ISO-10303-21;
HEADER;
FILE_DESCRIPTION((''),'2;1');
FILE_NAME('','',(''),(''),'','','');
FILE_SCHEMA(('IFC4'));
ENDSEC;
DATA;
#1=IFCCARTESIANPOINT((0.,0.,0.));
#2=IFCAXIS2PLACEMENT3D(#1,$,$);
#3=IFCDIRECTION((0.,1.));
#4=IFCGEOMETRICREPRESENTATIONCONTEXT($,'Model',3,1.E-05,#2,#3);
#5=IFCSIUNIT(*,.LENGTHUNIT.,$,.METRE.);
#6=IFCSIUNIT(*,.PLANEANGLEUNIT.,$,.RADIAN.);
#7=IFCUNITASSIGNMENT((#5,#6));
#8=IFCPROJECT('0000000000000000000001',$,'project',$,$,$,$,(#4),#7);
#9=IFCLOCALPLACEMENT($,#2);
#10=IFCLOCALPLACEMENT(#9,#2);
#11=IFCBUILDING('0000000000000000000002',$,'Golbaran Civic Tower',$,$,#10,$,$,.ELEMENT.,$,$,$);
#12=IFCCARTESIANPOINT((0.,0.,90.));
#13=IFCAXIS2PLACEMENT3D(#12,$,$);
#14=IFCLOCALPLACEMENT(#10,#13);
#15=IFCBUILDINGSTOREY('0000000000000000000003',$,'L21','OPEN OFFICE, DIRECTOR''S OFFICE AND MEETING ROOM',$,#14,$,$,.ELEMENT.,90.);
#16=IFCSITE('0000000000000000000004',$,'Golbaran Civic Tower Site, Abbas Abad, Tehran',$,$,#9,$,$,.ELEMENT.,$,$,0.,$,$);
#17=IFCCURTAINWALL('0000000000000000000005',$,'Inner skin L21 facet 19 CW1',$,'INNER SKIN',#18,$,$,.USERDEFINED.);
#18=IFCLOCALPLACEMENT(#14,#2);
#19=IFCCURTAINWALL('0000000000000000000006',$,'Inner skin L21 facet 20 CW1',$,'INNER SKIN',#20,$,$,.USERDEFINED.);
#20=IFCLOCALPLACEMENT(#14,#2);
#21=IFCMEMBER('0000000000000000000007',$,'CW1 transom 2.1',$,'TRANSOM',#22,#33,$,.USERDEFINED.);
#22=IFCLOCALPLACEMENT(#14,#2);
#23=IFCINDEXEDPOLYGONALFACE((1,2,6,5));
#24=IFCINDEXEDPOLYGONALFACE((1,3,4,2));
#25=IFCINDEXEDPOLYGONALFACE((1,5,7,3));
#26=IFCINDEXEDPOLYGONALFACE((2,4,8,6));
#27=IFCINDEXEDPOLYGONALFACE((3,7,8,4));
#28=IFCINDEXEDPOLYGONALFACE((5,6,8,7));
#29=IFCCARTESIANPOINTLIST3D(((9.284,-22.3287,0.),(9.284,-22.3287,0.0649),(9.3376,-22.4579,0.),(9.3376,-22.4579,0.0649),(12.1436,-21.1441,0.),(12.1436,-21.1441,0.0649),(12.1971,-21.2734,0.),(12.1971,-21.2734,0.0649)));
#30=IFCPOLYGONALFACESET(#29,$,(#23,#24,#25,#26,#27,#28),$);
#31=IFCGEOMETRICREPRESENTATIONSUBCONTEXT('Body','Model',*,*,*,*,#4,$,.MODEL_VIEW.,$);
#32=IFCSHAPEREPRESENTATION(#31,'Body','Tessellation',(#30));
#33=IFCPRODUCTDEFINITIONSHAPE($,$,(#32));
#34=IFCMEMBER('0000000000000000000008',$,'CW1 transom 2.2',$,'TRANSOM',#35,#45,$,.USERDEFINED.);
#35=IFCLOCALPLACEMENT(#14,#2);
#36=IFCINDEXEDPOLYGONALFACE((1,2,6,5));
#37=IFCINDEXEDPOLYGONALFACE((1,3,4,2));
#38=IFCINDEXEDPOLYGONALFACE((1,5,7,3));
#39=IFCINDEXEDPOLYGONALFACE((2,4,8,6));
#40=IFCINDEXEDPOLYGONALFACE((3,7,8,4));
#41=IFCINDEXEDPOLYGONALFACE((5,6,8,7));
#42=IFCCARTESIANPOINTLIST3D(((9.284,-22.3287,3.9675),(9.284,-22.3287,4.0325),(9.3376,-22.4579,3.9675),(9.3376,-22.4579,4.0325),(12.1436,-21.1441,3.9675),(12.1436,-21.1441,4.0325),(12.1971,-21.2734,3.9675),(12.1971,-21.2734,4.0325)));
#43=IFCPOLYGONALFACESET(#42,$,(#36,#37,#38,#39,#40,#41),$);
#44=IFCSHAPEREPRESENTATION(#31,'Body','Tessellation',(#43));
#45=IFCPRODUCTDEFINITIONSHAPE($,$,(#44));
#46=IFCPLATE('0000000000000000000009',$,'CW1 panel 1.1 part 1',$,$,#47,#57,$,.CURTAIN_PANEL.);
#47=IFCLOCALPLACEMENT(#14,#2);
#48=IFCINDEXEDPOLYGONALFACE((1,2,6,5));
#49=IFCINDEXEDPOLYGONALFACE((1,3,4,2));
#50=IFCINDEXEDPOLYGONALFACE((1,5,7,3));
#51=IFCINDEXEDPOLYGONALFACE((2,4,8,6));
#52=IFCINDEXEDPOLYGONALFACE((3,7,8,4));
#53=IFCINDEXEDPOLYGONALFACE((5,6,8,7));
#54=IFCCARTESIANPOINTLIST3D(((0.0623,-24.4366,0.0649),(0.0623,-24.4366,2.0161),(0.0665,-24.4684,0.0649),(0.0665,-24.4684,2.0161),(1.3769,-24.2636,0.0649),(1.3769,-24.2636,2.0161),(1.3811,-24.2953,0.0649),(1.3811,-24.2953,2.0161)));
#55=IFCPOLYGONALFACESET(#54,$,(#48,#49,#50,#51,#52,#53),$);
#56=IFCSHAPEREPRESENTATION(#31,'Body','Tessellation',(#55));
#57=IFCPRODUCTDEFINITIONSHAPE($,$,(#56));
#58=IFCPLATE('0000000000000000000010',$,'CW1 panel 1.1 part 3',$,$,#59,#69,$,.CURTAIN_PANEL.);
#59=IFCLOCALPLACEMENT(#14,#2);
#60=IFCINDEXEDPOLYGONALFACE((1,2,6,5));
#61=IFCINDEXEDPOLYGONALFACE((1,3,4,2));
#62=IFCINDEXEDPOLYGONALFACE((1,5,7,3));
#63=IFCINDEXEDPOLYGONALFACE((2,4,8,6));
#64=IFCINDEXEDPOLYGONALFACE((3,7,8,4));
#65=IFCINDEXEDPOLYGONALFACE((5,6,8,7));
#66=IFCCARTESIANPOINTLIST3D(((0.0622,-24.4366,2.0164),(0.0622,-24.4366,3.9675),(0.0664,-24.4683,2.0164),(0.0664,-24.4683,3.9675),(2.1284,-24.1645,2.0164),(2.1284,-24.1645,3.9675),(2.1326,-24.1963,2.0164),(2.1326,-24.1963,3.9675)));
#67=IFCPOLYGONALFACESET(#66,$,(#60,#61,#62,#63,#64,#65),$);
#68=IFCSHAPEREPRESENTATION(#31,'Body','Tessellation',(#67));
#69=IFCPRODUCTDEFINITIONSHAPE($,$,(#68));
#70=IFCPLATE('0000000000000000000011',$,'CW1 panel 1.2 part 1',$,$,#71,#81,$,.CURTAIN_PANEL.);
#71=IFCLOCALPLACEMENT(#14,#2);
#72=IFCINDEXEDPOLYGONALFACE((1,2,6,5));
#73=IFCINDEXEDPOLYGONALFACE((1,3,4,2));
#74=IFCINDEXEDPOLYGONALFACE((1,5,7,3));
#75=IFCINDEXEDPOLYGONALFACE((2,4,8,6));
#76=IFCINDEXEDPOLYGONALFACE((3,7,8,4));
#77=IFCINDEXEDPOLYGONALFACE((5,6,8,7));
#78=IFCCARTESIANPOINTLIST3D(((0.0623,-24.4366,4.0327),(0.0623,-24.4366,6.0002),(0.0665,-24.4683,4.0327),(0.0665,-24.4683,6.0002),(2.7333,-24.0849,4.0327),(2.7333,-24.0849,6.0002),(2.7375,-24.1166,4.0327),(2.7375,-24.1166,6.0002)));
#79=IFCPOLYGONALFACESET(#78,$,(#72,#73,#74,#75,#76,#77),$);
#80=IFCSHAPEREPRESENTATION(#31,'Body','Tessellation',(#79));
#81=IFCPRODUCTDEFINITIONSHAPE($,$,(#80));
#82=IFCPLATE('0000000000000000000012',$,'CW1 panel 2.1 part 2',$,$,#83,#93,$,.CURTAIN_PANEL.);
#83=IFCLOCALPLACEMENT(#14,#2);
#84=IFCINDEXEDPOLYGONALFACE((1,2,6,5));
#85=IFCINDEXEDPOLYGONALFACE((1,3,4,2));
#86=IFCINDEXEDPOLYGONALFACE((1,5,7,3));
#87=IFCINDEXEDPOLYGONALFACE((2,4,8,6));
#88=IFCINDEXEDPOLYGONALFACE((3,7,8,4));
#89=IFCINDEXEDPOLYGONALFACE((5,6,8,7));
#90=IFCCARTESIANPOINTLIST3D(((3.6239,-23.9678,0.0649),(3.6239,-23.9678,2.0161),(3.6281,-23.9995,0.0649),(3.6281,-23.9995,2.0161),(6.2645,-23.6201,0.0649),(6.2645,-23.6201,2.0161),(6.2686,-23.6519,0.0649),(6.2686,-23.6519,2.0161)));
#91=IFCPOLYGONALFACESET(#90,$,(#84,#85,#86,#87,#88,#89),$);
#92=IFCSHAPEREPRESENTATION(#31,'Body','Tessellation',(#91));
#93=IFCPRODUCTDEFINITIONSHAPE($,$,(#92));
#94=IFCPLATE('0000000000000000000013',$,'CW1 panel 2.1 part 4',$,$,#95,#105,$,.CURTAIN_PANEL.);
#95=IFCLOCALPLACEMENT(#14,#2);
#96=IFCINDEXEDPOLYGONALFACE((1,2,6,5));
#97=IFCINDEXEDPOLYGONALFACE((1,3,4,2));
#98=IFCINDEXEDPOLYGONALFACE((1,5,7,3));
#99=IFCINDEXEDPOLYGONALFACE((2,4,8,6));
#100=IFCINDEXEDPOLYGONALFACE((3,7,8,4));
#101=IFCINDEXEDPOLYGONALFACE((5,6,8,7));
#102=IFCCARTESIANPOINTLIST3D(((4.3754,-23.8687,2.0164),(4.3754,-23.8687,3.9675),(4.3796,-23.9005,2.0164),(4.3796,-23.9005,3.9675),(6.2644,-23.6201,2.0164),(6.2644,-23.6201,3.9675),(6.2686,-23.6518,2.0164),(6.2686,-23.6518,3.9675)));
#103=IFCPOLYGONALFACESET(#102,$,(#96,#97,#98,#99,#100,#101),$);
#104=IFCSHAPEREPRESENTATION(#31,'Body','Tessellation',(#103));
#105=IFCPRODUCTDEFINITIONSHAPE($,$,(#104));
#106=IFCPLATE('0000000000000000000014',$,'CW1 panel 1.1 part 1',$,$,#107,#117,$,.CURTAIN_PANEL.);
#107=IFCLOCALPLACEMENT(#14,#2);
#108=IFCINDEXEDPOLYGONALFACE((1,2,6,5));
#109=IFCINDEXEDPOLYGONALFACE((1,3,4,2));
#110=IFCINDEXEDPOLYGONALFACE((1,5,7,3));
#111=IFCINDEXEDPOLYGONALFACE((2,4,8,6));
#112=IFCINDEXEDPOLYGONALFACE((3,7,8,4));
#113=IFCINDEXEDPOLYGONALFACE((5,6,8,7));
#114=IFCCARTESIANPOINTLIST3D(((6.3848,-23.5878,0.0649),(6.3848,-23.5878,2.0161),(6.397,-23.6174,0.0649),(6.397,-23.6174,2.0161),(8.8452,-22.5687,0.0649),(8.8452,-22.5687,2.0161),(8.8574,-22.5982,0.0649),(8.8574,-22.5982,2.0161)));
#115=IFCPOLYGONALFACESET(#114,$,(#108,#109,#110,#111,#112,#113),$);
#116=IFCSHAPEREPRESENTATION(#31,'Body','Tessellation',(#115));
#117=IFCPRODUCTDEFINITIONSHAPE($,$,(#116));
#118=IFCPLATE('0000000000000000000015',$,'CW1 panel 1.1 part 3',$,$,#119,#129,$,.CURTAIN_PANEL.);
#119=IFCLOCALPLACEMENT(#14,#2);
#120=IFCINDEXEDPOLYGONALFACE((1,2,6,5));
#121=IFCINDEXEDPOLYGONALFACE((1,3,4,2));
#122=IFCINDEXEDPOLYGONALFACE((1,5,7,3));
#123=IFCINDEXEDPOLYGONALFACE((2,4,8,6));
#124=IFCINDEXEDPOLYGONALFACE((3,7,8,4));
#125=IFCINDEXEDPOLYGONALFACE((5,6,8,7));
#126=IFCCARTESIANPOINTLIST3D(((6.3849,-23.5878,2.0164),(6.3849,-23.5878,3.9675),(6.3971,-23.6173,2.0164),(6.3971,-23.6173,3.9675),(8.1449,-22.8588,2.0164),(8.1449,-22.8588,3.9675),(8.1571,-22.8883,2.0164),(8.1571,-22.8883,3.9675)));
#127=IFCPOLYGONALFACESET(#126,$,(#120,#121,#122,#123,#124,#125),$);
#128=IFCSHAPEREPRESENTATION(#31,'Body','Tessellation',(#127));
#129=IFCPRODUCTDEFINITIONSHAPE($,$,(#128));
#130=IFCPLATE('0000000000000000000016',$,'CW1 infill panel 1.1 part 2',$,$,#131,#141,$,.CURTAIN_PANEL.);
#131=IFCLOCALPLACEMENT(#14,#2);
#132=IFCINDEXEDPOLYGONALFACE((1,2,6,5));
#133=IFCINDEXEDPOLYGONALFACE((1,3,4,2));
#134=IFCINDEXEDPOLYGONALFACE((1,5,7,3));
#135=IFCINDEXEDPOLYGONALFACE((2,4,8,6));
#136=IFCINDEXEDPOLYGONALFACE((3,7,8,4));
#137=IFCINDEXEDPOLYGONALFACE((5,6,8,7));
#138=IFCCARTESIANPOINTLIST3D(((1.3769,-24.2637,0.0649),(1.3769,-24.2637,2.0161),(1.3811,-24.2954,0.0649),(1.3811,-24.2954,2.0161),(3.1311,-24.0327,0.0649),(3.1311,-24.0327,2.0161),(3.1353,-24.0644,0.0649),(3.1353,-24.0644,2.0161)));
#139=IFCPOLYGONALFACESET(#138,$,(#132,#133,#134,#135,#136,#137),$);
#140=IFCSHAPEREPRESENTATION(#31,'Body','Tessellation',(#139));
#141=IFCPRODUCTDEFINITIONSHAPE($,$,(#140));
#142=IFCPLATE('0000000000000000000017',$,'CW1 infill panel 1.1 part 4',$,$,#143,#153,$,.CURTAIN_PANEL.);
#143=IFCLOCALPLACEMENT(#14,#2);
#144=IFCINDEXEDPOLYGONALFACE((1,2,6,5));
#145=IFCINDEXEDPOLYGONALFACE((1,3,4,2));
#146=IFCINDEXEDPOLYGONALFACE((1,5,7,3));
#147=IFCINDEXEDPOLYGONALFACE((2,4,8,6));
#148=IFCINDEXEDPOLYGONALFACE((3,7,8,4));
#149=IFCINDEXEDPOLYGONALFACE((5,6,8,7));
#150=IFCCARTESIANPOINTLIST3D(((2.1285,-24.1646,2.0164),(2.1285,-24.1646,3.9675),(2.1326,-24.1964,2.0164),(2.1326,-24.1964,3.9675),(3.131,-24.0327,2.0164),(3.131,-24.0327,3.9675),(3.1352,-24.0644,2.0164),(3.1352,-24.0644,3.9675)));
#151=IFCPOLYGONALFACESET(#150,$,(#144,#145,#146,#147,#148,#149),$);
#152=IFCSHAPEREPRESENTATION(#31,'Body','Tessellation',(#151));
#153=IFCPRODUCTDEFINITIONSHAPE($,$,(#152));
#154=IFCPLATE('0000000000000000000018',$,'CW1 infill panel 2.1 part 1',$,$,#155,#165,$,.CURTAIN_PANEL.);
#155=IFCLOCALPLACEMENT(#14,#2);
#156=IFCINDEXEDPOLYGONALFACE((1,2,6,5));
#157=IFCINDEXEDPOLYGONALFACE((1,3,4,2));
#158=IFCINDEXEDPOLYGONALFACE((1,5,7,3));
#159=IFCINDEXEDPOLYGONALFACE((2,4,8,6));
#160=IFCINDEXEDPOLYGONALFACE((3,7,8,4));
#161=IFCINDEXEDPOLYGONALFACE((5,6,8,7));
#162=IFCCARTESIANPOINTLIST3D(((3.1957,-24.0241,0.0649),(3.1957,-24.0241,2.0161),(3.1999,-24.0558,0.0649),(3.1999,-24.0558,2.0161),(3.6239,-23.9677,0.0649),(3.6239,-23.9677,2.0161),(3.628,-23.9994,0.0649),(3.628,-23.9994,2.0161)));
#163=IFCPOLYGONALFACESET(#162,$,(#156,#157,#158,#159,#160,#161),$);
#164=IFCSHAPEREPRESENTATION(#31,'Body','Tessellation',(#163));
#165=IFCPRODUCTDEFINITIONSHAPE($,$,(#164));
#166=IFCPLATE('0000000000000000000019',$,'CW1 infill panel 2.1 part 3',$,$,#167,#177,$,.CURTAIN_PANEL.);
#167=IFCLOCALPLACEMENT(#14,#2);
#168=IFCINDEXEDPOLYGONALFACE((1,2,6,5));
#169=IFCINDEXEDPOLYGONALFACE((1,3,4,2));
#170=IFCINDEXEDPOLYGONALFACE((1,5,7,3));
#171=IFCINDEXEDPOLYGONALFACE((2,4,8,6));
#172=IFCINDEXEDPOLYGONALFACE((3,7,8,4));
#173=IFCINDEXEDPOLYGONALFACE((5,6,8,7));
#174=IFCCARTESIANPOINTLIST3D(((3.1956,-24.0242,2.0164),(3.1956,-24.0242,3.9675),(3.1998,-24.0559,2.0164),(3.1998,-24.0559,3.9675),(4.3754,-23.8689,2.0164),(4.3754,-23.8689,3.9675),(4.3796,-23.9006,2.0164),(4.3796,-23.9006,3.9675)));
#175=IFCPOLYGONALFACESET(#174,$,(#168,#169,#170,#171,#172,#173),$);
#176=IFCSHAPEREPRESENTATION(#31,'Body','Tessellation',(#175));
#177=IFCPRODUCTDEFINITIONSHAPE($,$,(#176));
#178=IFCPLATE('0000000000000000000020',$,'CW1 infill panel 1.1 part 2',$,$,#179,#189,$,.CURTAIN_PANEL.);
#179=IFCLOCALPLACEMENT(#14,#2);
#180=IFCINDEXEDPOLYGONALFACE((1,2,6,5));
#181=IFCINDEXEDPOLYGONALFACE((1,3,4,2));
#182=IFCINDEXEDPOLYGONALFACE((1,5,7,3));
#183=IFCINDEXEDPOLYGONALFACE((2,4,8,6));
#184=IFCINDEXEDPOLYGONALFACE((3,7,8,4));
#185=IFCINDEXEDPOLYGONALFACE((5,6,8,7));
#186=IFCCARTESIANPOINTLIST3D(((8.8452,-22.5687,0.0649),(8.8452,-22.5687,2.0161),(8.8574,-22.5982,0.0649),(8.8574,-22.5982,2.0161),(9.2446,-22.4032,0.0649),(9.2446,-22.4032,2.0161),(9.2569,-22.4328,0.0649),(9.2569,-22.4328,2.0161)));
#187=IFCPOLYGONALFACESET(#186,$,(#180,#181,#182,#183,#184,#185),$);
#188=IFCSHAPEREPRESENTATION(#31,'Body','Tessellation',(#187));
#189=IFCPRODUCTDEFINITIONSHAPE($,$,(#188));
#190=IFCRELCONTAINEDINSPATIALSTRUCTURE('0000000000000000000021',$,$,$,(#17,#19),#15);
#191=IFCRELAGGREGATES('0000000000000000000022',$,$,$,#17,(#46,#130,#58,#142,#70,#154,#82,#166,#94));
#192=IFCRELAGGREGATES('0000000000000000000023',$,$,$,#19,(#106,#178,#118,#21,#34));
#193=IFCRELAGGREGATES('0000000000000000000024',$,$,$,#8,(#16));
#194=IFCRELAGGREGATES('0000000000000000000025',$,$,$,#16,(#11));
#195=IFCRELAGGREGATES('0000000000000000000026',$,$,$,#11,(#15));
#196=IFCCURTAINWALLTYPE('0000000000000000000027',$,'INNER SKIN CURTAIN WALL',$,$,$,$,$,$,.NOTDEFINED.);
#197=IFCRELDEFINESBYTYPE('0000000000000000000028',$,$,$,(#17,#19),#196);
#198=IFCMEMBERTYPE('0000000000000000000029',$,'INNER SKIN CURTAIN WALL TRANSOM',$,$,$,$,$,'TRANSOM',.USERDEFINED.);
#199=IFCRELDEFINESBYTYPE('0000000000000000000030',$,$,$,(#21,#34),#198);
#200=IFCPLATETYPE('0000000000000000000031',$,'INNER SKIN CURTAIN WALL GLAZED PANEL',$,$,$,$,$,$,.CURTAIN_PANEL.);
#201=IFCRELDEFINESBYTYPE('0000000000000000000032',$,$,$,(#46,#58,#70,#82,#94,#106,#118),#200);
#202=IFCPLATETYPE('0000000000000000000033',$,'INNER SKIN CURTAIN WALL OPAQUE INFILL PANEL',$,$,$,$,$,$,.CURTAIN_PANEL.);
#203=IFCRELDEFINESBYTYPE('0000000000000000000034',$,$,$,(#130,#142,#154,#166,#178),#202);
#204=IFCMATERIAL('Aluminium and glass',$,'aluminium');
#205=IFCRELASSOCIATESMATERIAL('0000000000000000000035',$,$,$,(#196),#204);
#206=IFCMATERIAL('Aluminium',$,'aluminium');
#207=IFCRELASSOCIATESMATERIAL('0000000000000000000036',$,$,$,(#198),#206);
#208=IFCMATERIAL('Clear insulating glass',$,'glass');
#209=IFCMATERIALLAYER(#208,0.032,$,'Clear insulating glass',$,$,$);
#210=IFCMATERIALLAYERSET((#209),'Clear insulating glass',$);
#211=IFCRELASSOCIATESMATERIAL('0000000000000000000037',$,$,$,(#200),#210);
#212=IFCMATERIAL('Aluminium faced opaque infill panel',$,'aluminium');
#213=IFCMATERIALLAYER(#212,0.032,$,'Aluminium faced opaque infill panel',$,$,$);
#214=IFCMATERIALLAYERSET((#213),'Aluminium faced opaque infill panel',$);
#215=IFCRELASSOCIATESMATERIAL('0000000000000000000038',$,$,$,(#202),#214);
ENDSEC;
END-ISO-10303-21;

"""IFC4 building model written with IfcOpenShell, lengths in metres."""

from ifc_helpers import new_model, si_unit, direction, frame, origin, origin_2d, place, context, subcontext, project, spatial, rectangle, extrude, material, layer, layer_set, material_profile, profile_set, type_object, element, aggregate, save


model = new_model("IFC4")

# Units and contexts
model_context = context("Model", 3, precision=1e-05, world=origin(), true_north=direction((0.0, 1.0)))
body_context = subcontext(model_context, "Body", "Model", "MODEL_VIEW")
ifc_project = project(units=[si_unit("LENGTHUNIT", "METRE"), si_unit("PLANEANGLEUNIT", "RADIAN")], contexts=[model_context])

# Site, building, storey
site_placement = place(None, origin())
site = spatial("IfcSite", under=ifc_project, at=site_placement, Name="Golbaran Civic Tower Site, Abbas Abad, Tehran", CompositionType="ELEMENT", RefElevation=0.0)
building_placement = place(site_placement, origin())
building = spatial("IfcBuilding", under=site, at=building_placement, Name="Golbaran Civic Tower", CompositionType="ELEMENT")
storey_placement = place(building_placement, frame((0.0, 0.0, 90.0)))
storey = spatial("IfcBuildingStorey", under=building, at=storey_placement, Name="L21", Description="OPEN OFFICE, DIRECTOR'S OFFICE AND MEETING ROOM", CompositionType="ELEMENT", Elevation=90.0)

# Curtain walls
ifc_material_1 = material(Name="Aluminium and glass", Category="aluminium")
curtain_wall_type = type_object("IfcCurtainWallType", Name="INNER SKIN CURTAIN WALL", PredefinedType="NOTDEFINED", material=ifc_material_1)
curtain_wall_1_placement = place(storey_placement, origin())
curtain_wall_1 = element("IfcCurtainWall", 1, at=curtain_wall_1_placement, inside=storey, type_object=curtain_wall_type, Name="Inner skin L21 facet 19 CW1", ObjectType="INNER SKIN", PredefinedType="USERDEFINED")
ifc_material_2 = material(Name="Aluminium", Category="aluminium")
curtain_wall_2_placement = place(storey_placement, origin())
curtain_wall_2 = element("IfcCurtainWall", 2, at=curtain_wall_2_placement, inside=storey, type_object=curtain_wall_type, Name="Inner skin L21 facet 20 CW1", ObjectType="INNER SKIN", PredefinedType="USERDEFINED")

# Members
ifc_material_profile_1 = material_profile(ifc_material_2, rectangle(XDim=0.1399, YDim=0.0649, at=origin_2d()), Name="INNER SKIN CURTAIN WALL TRANSOM")
ifc_profile_set_1 = profile_set([ifc_material_profile_1], Name="Aluminium")
member_type_1 = type_object("IfcMemberType", Name="INNER SKIN CURTAIN WALL TRANSOM", ElementType="TRANSOM", PredefinedType="USERDEFINED", material=ifc_profile_set_1)
member_1_placement = place(storey_placement, frame((9.3108, -22.3933, 0.0325), z_axis=(0.923871, 0.382705, 0.0), x_axis=(-0.382705, 0.923871, 0.0)))
member_1 = element("IfcMember", 3, at=member_1_placement, type_object=member_type_1, Name="CW1 transom 2.1", ObjectType="TRANSOM", PredefinedType="USERDEFINED", context=body_context, shape_type="SweptSolid", body=[
    extrude(rectangle(XDim=0.1399, YDim=0.0649, at=origin_2d()), origin(), (0.0, 0.0, 1.0), 3.0952),
])
member_2_placement = place(storey_placement, frame((9.3108, -22.3933, 4.0), z_axis=(0.923871, 0.382705, 0.0), x_axis=(-0.382705, 0.923871, 0.0)))
member_2 = element("IfcMember", 4, at=member_2_placement, type_object=member_type_1, Name="CW1 transom 2.2", ObjectType="TRANSOM", PredefinedType="USERDEFINED", context=body_context, shape_type="SweptSolid", body=[
    extrude(rectangle(XDim=0.1399, YDim=0.0649, at=origin_2d()), origin(), (0.0, 0.0, 1.0), 3.0952),
])

# Plates
ifc_material_3 = material(Name="Clear insulating glass", Category="glass")
ifc_layer_1 = layer(ifc_material_3, 0.032, Name="Clear insulating glass")
ifc_layer_set_1 = layer_set([ifc_layer_1], Name="Clear insulating glass")
plate_type_1 = type_object("IfcPlateType", Name="INNER SKIN CURTAIN WALL GLAZED PANEL", PredefinedType="CURTAIN_PANEL", material=ifc_layer_set_1)
plate_1_placement = place(storey_placement, frame((0.7217, -24.366, 0.0649), z_axis=(0.0, 0.0, 1.0), x_axis=(0.991445, 0.130526, 0.0)))
plate_1 = element("IfcPlate", 5, at=plate_1_placement, type_object=plate_type_1, Name="CW1 panel 1.1 part 1", PredefinedType="CURTAIN_PANEL", context=body_context, shape_type="SweptSolid", body=[
    extrude(rectangle(XDim=1.3259, YDim=0.032, at=origin_2d()), origin(), (0.0, 0.0, 1.0), 1.9512),
])
plate_2_placement = place(storey_placement, frame((1.0974, -24.3164, 2.0164), z_axis=(0.0, 0.0, 1.0), x_axis=(0.991445, 0.130526, 0.0)))
plate_2 = element("IfcPlate", 6, at=plate_2_placement, type_object=plate_type_1, Name="CW1 panel 1.1 part 3", PredefinedType="CURTAIN_PANEL", context=body_context, shape_type="SweptSolid", body=[
    extrude(rectangle(XDim=2.084, YDim=0.032, at=origin_2d()), origin(), (0.0, 0.0, 1.0), 1.9512),
])
plate_3_placement = place(storey_placement, frame((1.3999, -24.2766, 4.0327), z_axis=(0.0, 0.0, 1.0), x_axis=(0.991445, 0.130526, 0.0)))
plate_3 = element("IfcPlate", 7, at=plate_3_placement, type_object=plate_type_1, Name="CW1 panel 1.2 part 1", PredefinedType="CURTAIN_PANEL", context=body_context, shape_type="SweptSolid", body=[
    extrude(rectangle(XDim=2.6941, YDim=0.032, at=origin_2d()), origin(), (0.0, 0.0, 1.0), 1.9675),
])
plate_4_placement = place(storey_placement, frame((4.9463, -23.8098, 0.0649), z_axis=(0.0, 0.0, 1.0), x_axis=(0.991445, 0.130526, 0.0)))
plate_4 = element("IfcPlate", 8, at=plate_4_placement, type_object=plate_type_1, Name="CW1 panel 2.1 part 2", PredefinedType="CURTAIN_PANEL", context=body_context, shape_type="SweptSolid", body=[
    extrude(rectangle(XDim=2.6633, YDim=0.032, at=origin_2d()), origin(), (0.0, 0.0, 1.0), 1.9512),
])
plate_5_placement = place(storey_placement, frame((5.322, -23.7603, 2.0164), z_axis=(0.0, 0.0, 1.0), x_axis=(0.991445, 0.130526, 0.0)))
plate_5 = element("IfcPlate", 9, at=plate_5_placement, type_object=plate_type_1, Name="CW1 panel 2.1 part 4", PredefinedType="CURTAIN_PANEL", context=body_context, shape_type="SweptSolid", body=[
    extrude(rectangle(XDim=1.9053, YDim=0.032, at=origin_2d()), origin(), (0.0, 0.0, 1.0), 1.9512),
])
plate_6_placement = place(storey_placement, frame((7.6211, -23.093, 0.0649), z_axis=(0.0, 0.0, 1.0), x_axis=(0.92388, 0.382683, 0.0)))
plate_6 = element("IfcPlate", 10, at=plate_6_placement, type_object=plate_type_1, Name="CW1 panel 1.1 part 1", PredefinedType="CURTAIN_PANEL", context=body_context, shape_type="SweptSolid", body=[
    extrude(rectangle(XDim=2.6631, YDim=0.032, at=origin_2d()), origin(), (0.0, 0.0, 1.0), 1.9512),
])
plate_7_placement = place(storey_placement, frame((7.271, -23.238, 2.0164), z_axis=(0.0, 0.0, 1.0), x_axis=(0.92388, 0.382683, 0.0)))
plate_7 = element("IfcPlate", 11, at=plate_7_placement, type_object=plate_type_1, Name="CW1 panel 1.1 part 3", PredefinedType="CURTAIN_PANEL", context=body_context, shape_type="SweptSolid", body=[
    extrude(rectangle(XDim=1.905, YDim=0.032, at=origin_2d()), origin(), (0.0, 0.0, 1.0), 1.9512),
])
ifc_material_4 = material(Name="Aluminium faced opaque infill panel", Category="aluminium")
ifc_layer_2 = layer(ifc_material_4, 0.032, Name="Aluminium faced opaque infill panel")
ifc_layer_set_2 = layer_set([ifc_layer_2], Name="Aluminium faced opaque infill panel")
plate_type_2 = type_object("IfcPlateType", Name="INNER SKIN CURTAIN WALL OPAQUE INFILL PANEL", PredefinedType="CURTAIN_PANEL", material=ifc_layer_set_2)
plate_8_placement = place(storey_placement, frame((2.2561, -24.1641, 0.0649), z_axis=(0.0, 0.0, 1.0), x_axis=(0.991445, 0.130526, 0.0)))
plate_8 = element("IfcPlate", 12, at=plate_8_placement, type_object=plate_type_2, Name="CW1 infill panel 1.1 part 2", PredefinedType="CURTAIN_PANEL", context=body_context, shape_type="SweptSolid", body=[
    extrude(rectangle(XDim=1.7693, YDim=0.032, at=origin_2d()), origin(), (0.0, 0.0, 1.0), 1.9512),
])
plate_9_placement = place(storey_placement, frame((2.6318, -24.1145, 2.0164), z_axis=(0.0, 0.0, 1.0), x_axis=(0.991445, 0.130526, 0.0)))
plate_9 = element("IfcPlate", 13, at=plate_9_placement, type_object=plate_type_2, Name="CW1 infill panel 1.1 part 4", PredefinedType="CURTAIN_PANEL", context=body_context, shape_type="SweptSolid", body=[
    extrude(rectangle(XDim=1.0112, YDim=0.032, at=origin_2d()), origin(), (0.0, 0.0, 1.0), 1.9512),
])
plate_10_placement = place(storey_placement, frame((3.4119, -24.0117, 0.0649), z_axis=(0.0, 0.0, 1.0), x_axis=(0.991445, 0.130526, 0.0)))
plate_10 = element("IfcPlate", 14, at=plate_10_placement, type_object=plate_type_2, Name="CW1 infill panel 2.1 part 1", PredefinedType="CURTAIN_PANEL", context=body_context, shape_type="SweptSolid", body=[
    extrude(rectangle(XDim=0.4319, YDim=0.032, at=origin_2d()), origin(), (0.0, 0.0, 1.0), 1.9512),
])
plate_11_placement = place(storey_placement, frame((3.7876, -23.9624, 2.0164), z_axis=(0.0, 0.0, 1.0), x_axis=(0.991445, 0.130526, 0.0)))
plate_11 = element("IfcPlate", 15, at=plate_11_placement, type_object=plate_type_2, Name="CW1 infill panel 2.1 part 3", PredefinedType="CURTAIN_PANEL", context=body_context, shape_type="SweptSolid", body=[
    extrude(rectangle(XDim=1.1899, YDim=0.032, at=origin_2d()), origin(), (0.0, 0.0, 1.0), 1.9512),
])
aggregate(curtain_wall_1, [plate_1, plate_8, plate_2, plate_9, plate_3, plate_10, plate_4, plate_11, plate_5])
plate_12_placement = place(storey_placement, frame((9.051, -22.5007, 0.0649), z_axis=(0.0, 0.0, 1.0), x_axis=(0.92388, 0.382683, 0.0)))
plate_12 = element("IfcPlate", 16, at=plate_12_placement, type_object=plate_type_2, Name="CW1 infill panel 1.1 part 2", PredefinedType="CURTAIN_PANEL", context=body_context, shape_type="SweptSolid", body=[
    extrude(rectangle(XDim=0.4324, YDim=0.032, at=origin_2d()), origin(), (0.0, 0.0, 1.0), 1.9512),
])
aggregate(curtain_wall_2, [plate_6, plate_12, plate_7, member_1, member_2])

save(model, "model.ifc")
